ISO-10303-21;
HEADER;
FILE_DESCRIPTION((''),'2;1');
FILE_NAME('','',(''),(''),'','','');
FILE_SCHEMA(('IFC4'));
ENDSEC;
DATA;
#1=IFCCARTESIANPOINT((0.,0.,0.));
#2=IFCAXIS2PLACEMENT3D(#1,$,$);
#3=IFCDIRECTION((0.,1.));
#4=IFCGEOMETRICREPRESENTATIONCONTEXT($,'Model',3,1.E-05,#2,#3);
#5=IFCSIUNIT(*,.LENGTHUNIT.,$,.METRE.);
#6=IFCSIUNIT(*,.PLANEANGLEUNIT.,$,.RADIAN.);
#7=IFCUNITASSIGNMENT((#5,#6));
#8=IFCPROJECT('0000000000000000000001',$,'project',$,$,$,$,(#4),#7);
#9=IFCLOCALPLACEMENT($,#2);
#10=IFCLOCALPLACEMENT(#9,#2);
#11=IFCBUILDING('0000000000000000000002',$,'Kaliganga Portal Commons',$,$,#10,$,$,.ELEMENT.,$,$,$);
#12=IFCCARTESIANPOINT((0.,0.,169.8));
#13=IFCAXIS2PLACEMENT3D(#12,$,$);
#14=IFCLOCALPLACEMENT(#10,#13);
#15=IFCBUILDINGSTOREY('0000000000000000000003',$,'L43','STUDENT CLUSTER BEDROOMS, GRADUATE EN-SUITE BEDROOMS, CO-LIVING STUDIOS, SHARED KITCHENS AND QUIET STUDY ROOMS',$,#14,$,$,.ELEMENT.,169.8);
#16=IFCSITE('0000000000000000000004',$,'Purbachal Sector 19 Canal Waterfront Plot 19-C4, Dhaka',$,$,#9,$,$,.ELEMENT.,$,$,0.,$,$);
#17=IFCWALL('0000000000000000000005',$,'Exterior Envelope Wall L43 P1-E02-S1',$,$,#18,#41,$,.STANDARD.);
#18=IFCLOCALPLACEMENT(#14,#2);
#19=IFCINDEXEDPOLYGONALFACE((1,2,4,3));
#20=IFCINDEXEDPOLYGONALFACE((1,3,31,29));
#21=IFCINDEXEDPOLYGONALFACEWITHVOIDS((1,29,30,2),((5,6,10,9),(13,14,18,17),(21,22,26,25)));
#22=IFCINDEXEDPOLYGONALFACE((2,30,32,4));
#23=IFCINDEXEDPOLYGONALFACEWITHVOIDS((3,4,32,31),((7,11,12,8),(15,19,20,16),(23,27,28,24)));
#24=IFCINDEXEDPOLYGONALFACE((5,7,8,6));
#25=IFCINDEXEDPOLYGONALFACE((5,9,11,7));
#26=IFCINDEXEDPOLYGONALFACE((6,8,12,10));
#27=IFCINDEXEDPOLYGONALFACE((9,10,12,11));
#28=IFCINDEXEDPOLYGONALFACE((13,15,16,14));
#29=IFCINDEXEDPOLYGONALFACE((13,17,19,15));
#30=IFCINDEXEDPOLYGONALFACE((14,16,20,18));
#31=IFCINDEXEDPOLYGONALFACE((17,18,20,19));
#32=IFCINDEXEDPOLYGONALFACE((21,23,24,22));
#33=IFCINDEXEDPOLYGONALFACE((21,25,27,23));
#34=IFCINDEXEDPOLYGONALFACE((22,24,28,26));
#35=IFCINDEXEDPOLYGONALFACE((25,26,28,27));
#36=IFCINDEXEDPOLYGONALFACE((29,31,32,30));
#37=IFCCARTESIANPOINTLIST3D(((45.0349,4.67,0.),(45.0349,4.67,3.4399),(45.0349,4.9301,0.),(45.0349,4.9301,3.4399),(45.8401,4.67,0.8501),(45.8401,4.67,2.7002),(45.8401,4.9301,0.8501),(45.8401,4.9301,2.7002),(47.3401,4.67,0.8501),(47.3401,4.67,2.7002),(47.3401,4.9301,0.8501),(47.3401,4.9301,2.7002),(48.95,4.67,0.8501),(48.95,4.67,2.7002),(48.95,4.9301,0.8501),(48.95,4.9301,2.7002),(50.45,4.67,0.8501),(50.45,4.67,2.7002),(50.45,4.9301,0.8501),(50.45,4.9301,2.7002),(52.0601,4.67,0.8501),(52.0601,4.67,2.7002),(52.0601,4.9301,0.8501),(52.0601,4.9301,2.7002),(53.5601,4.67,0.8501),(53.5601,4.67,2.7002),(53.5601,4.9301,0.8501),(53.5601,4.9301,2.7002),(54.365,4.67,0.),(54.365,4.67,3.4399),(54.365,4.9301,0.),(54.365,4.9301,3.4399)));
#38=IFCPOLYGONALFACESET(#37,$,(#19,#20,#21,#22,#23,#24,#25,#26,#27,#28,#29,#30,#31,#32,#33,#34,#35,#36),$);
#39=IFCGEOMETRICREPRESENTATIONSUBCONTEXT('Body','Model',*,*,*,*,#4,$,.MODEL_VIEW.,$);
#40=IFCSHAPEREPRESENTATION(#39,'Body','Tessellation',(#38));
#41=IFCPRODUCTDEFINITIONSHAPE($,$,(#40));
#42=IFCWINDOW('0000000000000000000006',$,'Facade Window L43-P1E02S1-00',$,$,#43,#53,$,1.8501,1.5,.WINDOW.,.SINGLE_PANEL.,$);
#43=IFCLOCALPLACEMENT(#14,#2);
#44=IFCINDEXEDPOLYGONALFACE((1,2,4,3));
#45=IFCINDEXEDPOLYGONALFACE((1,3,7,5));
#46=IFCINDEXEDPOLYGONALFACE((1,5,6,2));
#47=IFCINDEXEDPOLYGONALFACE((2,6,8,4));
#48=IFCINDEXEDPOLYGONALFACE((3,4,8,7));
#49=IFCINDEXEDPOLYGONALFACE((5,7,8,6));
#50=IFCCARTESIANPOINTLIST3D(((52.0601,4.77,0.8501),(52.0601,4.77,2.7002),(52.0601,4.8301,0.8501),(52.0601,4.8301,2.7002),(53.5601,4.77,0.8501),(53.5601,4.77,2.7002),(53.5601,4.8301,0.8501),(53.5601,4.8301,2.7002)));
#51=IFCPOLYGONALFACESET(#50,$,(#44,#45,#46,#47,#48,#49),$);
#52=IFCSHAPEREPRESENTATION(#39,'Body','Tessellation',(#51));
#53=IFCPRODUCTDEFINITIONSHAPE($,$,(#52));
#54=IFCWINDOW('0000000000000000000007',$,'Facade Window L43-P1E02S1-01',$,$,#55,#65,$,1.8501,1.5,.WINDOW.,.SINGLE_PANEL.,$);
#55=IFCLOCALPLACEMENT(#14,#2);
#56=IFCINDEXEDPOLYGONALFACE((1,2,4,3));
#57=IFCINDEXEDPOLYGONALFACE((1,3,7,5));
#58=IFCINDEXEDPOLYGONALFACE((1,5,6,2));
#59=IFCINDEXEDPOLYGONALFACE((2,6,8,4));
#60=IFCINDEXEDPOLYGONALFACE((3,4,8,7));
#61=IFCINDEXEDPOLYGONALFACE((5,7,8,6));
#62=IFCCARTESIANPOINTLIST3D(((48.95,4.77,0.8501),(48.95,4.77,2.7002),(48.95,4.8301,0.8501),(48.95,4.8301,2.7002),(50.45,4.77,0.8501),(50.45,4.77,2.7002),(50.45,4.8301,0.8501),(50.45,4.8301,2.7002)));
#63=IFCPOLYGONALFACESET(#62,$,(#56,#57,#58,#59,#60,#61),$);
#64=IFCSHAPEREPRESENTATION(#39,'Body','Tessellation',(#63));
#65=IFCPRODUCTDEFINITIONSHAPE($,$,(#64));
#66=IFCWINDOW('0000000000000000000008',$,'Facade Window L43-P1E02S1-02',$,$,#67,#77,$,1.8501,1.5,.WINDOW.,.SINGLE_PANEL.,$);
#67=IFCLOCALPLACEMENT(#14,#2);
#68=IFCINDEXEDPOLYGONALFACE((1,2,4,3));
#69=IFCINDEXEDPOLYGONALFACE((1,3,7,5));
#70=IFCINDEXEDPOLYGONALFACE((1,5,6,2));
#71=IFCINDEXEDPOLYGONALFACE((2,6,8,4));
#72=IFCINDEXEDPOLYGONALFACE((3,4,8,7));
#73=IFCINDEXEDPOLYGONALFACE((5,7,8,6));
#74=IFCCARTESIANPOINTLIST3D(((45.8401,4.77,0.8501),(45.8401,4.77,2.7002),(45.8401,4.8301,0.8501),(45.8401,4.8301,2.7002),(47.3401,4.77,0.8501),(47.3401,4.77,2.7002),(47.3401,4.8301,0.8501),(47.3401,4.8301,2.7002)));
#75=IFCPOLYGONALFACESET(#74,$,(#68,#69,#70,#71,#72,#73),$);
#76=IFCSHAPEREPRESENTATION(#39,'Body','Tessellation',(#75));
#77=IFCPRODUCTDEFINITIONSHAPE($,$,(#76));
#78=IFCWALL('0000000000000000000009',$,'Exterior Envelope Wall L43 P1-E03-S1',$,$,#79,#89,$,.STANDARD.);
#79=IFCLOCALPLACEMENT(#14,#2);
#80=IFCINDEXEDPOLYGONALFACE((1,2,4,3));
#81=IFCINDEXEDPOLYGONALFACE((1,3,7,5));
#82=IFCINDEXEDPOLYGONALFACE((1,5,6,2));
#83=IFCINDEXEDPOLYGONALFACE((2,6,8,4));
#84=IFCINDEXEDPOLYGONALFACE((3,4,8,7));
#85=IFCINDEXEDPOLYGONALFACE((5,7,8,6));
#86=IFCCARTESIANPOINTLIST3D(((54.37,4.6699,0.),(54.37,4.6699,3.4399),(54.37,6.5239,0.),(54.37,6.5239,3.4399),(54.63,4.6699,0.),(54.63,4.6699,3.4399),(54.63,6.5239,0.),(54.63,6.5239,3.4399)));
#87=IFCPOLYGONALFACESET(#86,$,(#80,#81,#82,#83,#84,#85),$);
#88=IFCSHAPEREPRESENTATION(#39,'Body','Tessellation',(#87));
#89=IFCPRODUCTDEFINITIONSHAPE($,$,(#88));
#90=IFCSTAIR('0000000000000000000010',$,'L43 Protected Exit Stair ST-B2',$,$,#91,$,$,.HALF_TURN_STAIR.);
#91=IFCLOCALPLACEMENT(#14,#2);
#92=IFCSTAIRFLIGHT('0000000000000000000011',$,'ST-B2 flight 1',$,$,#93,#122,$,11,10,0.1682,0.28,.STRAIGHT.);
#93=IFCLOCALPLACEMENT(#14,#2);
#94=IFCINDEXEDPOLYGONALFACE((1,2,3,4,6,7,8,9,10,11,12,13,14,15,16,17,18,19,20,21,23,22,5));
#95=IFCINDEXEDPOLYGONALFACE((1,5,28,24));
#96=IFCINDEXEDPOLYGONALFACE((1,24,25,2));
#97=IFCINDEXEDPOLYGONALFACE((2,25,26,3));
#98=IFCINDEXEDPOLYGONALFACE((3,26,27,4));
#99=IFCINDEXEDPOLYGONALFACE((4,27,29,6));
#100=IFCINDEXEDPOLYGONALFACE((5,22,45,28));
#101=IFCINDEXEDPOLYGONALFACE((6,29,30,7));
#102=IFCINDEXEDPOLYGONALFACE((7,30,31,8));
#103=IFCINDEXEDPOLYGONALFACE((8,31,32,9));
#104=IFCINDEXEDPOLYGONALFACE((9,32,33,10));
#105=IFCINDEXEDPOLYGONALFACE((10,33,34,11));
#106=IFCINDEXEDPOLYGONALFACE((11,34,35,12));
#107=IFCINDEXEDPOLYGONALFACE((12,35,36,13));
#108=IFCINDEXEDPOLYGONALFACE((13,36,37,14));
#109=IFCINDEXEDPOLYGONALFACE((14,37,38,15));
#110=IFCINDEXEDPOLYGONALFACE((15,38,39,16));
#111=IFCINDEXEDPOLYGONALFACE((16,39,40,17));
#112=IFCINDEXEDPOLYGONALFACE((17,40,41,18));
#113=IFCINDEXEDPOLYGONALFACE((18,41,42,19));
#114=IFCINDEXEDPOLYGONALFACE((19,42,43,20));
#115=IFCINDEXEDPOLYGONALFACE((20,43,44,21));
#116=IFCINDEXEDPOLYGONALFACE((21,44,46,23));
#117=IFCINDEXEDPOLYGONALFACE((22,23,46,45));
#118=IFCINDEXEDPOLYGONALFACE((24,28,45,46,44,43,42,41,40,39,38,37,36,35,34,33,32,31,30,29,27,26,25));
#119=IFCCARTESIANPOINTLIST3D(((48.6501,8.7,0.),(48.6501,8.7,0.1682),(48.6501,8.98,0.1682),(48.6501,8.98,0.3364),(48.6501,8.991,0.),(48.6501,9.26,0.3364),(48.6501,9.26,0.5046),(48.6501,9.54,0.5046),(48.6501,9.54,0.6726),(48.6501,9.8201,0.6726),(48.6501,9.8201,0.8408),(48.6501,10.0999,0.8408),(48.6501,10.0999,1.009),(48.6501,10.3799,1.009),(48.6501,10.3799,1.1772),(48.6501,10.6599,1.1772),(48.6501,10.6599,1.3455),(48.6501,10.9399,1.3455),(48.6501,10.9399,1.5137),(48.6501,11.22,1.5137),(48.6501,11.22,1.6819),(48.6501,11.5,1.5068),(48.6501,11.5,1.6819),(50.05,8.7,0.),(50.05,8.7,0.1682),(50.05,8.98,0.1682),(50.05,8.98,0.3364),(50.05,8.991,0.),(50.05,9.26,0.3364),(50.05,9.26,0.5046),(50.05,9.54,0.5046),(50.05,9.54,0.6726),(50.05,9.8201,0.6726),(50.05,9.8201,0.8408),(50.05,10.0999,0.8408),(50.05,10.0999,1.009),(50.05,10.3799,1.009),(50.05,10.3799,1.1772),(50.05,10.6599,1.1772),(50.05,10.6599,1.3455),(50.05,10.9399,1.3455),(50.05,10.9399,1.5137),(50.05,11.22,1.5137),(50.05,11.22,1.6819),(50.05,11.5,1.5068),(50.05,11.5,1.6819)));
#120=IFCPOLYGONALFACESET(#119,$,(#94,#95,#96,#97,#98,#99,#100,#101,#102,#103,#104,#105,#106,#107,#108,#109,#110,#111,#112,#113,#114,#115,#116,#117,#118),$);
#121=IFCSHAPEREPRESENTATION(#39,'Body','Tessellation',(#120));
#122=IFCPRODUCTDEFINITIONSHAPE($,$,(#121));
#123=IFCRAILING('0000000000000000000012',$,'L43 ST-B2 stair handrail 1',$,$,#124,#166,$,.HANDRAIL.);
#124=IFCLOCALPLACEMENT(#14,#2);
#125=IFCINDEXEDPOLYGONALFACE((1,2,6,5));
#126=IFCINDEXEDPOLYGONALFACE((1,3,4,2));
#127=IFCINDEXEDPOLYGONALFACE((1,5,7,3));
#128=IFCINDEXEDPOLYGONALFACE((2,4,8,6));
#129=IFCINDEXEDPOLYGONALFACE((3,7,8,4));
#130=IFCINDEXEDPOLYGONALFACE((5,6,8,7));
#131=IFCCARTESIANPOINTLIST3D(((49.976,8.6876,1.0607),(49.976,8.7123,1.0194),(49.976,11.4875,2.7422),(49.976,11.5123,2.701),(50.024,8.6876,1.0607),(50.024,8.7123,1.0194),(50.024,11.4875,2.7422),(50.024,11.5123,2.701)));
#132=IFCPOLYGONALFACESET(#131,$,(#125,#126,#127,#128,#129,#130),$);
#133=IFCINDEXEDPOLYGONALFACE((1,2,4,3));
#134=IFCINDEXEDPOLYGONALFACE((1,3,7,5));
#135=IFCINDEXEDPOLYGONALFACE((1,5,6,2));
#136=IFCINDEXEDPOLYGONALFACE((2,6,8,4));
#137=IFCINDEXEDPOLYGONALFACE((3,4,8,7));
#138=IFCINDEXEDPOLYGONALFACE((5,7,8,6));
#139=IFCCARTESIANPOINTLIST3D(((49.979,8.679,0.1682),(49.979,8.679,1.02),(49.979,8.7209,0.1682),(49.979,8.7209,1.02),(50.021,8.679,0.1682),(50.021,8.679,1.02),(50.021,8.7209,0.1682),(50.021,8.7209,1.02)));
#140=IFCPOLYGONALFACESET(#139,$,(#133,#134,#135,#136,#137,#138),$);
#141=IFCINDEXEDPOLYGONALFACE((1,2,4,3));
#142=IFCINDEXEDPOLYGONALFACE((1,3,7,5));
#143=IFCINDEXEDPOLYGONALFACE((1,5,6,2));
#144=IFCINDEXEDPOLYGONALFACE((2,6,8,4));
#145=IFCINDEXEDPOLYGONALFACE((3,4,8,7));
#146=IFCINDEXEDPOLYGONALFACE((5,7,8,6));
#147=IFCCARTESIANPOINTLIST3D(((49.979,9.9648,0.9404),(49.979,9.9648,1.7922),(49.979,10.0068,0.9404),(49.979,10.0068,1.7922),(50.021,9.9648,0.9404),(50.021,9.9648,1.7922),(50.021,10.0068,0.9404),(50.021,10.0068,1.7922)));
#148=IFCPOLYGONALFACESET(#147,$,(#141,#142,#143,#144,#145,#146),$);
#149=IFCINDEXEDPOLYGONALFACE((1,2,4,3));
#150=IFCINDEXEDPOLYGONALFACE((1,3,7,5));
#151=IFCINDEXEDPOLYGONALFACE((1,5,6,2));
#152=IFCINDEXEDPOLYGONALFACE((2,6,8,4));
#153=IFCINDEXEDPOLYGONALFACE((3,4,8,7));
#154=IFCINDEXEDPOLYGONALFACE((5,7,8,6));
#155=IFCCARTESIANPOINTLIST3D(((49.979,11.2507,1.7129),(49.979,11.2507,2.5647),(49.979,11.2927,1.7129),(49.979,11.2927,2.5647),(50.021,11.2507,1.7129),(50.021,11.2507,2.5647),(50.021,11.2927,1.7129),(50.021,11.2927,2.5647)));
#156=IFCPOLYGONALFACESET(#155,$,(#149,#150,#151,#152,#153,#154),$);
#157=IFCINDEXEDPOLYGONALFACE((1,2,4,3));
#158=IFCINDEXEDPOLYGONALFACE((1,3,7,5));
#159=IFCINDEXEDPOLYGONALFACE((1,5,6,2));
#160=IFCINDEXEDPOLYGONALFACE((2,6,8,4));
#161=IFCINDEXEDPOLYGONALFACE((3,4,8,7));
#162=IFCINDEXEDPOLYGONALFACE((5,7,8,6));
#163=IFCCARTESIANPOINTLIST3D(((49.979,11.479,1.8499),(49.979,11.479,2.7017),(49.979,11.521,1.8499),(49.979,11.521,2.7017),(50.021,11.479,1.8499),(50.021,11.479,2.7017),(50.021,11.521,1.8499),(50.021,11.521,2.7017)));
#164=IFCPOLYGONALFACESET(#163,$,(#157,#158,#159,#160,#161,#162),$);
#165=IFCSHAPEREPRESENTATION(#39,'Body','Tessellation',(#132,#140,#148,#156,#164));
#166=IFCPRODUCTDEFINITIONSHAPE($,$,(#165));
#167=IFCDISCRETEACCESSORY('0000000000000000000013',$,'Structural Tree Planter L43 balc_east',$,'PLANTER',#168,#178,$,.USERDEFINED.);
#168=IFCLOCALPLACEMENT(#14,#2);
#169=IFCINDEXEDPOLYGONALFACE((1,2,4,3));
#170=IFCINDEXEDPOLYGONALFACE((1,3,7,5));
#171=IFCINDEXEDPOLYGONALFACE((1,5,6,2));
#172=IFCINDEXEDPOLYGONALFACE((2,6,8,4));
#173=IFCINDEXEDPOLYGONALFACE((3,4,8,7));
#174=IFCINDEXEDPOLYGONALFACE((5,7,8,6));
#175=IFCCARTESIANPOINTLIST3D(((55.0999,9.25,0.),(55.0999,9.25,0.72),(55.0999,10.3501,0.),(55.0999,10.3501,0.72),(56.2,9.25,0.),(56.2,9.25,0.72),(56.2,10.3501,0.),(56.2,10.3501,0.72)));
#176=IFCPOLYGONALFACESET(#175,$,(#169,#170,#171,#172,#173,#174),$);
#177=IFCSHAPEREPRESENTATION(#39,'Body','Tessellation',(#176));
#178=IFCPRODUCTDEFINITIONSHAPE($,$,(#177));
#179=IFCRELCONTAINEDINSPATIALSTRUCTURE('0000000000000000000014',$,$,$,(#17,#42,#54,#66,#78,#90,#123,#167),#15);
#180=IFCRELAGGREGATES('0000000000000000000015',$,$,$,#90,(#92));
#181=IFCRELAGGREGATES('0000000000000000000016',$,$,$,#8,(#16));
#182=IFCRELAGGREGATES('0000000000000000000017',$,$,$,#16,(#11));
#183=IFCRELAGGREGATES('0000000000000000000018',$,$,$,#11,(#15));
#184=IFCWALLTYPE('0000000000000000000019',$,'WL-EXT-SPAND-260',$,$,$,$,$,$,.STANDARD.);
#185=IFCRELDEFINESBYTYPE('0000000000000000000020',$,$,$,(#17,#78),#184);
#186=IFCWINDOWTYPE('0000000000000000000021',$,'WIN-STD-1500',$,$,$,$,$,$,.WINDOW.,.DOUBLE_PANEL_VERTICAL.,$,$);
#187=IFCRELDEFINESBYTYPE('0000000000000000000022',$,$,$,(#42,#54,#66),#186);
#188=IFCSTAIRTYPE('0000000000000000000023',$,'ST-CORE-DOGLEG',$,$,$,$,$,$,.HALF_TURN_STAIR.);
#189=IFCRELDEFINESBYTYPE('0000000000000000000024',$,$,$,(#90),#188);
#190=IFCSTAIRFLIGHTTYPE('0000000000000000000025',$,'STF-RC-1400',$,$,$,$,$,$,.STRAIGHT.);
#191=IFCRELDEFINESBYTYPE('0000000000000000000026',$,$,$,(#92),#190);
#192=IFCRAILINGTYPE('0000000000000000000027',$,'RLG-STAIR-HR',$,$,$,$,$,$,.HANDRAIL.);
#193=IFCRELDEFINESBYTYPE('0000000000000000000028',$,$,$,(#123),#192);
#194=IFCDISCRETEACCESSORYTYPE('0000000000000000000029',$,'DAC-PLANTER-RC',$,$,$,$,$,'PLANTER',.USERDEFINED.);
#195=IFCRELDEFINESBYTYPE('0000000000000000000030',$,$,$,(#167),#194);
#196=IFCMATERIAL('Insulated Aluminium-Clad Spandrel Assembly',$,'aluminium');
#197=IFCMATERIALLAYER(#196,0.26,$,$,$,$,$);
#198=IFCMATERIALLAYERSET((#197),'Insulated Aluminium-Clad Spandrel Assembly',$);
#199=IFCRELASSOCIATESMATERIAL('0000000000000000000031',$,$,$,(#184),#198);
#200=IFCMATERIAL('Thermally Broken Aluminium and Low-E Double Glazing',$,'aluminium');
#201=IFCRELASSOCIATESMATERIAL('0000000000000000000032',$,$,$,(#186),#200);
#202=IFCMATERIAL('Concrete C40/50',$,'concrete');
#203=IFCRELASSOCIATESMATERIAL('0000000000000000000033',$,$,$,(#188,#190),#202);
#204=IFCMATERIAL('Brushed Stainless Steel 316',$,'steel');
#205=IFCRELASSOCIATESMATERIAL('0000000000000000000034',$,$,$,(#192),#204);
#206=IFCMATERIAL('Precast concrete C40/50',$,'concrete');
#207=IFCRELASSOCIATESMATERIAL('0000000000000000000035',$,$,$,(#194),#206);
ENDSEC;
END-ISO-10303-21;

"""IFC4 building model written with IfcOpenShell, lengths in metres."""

from ifc_helpers import new_model, si_unit, direction, frame, frame_2d, origin, origin_2d, place, context, subcontext, project, spatial, polyline, rectangle, outline, extrude, source, transform, mapped, material, layer, layer_set, type_object, element, fill, aggregate, save


model = new_model("IFC4")

# Units and contexts
model_context = context("Model", 3, precision=1e-05, world=origin(), true_north=direction((0.0, 1.0)))
body_context = subcontext(model_context, "Body", "Model", "MODEL_VIEW")
ifc_project = project(units=[si_unit("LENGTHUNIT", "METRE"), si_unit("PLANEANGLEUNIT", "RADIAN")], contexts=[model_context])

# Site, building, storey
site_placement = place(None, origin())
site = spatial("IfcSite", under=ifc_project, at=site_placement, Name="Purbachal Sector 19 Canal Waterfront Plot 19-C4, Dhaka", CompositionType="ELEMENT", RefElevation=0.0)
building_placement = place(site_placement, origin())
building = spatial("IfcBuilding", under=site, at=building_placement, Name="Kaliganga Portal Commons", CompositionType="ELEMENT")
storey_placement = place(building_placement, frame((0.0, 0.0, 169.8)))
storey = spatial("IfcBuildingStorey", under=building, at=storey_placement, Name="L43", Description="STUDENT CLUSTER BEDROOMS, GRADUATE EN-SUITE BEDROOMS, CO-LIVING STUDIOS, SHARED KITCHENS AND QUIET STUDY ROOMS", CompositionType="ELEMENT", Elevation=169.8)

# Wall, openings, windows
ifc_material_1 = material(Name="Insulated Aluminium-Clad Spandrel Assembly", Category="aluminium")
ifc_layer_1 = layer(ifc_material_1, 0.26)
ifc_layer_set_1 = layer_set([ifc_layer_1], Name="Insulated Aluminium-Clad Spandrel Assembly")
wall_type_1 = type_object("IfcWallType", Name="WL-EXT-SPAND-260", PredefinedType="STANDARD", material=ifc_layer_set_1)
wall_1_placement = place(storey_placement, frame((54.365, 4.8, 0.0), z_axis=(0.0, 0.0, 1.0), x_axis=(-1.0, 0.0, 0.0)))
wall_1 = element("IfcWall", 1, at=wall_1_placement, inside=storey, type_object=wall_type_1, Name="Exterior Envelope Wall L43 P1-E02-S1", PredefinedType="STANDARD", context=body_context, shape_type="SweptSolid", body=[
    extrude(rectangle(XDim=9.3301, YDim=0.26, at=frame_2d((4.665, 0.0))), origin(), (0.0, 0.0, 1.0), 3.4399),
])
opening_1_placement = place(wall_1_placement, frame((0.8049, 0.0, 0.8501)))
opening_1 = element("IfcOpeningElement", 2, at=opening_1_placement, cuts=wall_1, PredefinedType="OPENING", context=body_context, shape_type="SweptSolid", body=[
    extrude(rectangle(XDim=1.5, YDim=1.8501, at=frame_2d((0.75, 0.925))), frame((0.0, 0.1401, 0.0), z_axis=(0.0, -1.0, 0.0), x_axis=(1.0, 0.0, 0.0)), (0.0, 0.0, 1.0), 0.28),
])
opening_2_placement = place(wall_1_placement, frame((3.915, 0.0, 0.8501)))
opening_2 = element("IfcOpeningElement", 3, at=opening_2_placement, cuts=wall_1, PredefinedType="OPENING", context=body_context, shape_type="SweptSolid", body=[
    extrude(rectangle(XDim=1.5, YDim=1.8501, at=frame_2d((0.75, 0.925))), frame((0.0, 0.1401, 0.0), z_axis=(0.0, -1.0, 0.0), x_axis=(1.0, 0.0, 0.0)), (0.0, 0.0, 1.0), 0.28),
])
opening_3_placement = place(wall_1_placement, frame((7.0249, 0.0, 0.8501)))
opening_3 = element("IfcOpeningElement", 4, at=opening_3_placement, cuts=wall_1, PredefinedType="OPENING", context=body_context, shape_type="SweptSolid", body=[
    extrude(rectangle(XDim=1.5, YDim=1.8501, at=frame_2d((0.75, 0.925))), frame((0.0, 0.1401, 0.0), z_axis=(0.0, -1.0, 0.0), x_axis=(1.0, 0.0, 0.0)), (0.0, 0.0, 1.0), 0.28),
])
ifc_material_2 = material(Name="Thermally Broken Aluminium and Low-E Double Glazing", Category="aluminium")
window_type = type_object("IfcWindowType", Name="WIN-STD-1500", PartitioningType="DOUBLE_PANEL_VERTICAL", PredefinedType="WINDOW", material=ifc_material_2)
window_1_placement = place(opening_1_placement, origin())
window_1 = element("IfcWindow", 5, at=window_1_placement, inside=storey, type_object=window_type, Name="Facade Window L43-P1E02S1-00", OverallHeight=1.8501, OverallWidth=1.5, PartitioningType="SINGLE_PANEL", PredefinedType="WINDOW", context=body_context, shape_type="SweptSolid", body=[
    extrude(rectangle(XDim=1.5, YDim=1.8501, at=frame_2d((0.75, 0.925))), frame((0.0, 0.03, 0.0), z_axis=(0.0, -1.0, 0.0), x_axis=(1.0, 0.0, 0.0)), (0.0, 0.0, 1.0), 0.0601),
])
fill(opening_1, window_1)
window_2_placement = place(opening_2_placement, origin())
window_2 = element("IfcWindow", 6, at=window_2_placement, inside=storey, type_object=window_type, Name="Facade Window L43-P1E02S1-01", OverallHeight=1.8501, OverallWidth=1.5, PartitioningType="SINGLE_PANEL", PredefinedType="WINDOW", context=body_context, shape_type="SweptSolid", body=[
    extrude(rectangle(XDim=1.5, YDim=1.8501, at=frame_2d((0.75, 0.925))), frame((0.0, 0.03, 0.0), z_axis=(0.0, -1.0, 0.0), x_axis=(1.0, 0.0, 0.0)), (0.0, 0.0, 1.0), 0.0601),
])
fill(opening_2, window_2)
window_3_placement = place(opening_3_placement, origin())
window_3 = element("IfcWindow", 7, at=window_3_placement, inside=storey, type_object=window_type, Name="Facade Window L43-P1E02S1-02", OverallHeight=1.8501, OverallWidth=1.5, PartitioningType="SINGLE_PANEL", PredefinedType="WINDOW", context=body_context, shape_type="SweptSolid", body=[
    extrude(rectangle(XDim=1.5, YDim=1.8501, at=frame_2d((0.75, 0.925))), frame((0.0, 0.03, 0.0), z_axis=(0.0, -1.0, 0.0), x_axis=(1.0, 0.0, 0.0)), (0.0, 0.0, 1.0), 0.0601),
])
fill(opening_3, window_3)

# Wall
wall_2_placement = place(storey_placement, frame((54.5, 6.5239, 0.0), z_axis=(0.0, 0.0, 1.0), x_axis=(0.0, -1.0, 0.0)))
element("IfcWall", 8, at=wall_2_placement, inside=storey, type_object=wall_type_1, Name="Exterior Envelope Wall L43 P1-E03-S1", PredefinedType="STANDARD", context=body_context, shape_type="SweptSolid", body=[
    extrude(rectangle(XDim=1.854, YDim=0.26, at=frame_2d((0.927, 0.0))), origin(), (0.0, 0.0, 1.0), 3.4399),
])

# Stair, stair flight
ifc_material_3 = material(Name="Concrete C40/50", Category="concrete")
stair_type = type_object("IfcStairType", Name="ST-CORE-DOGLEG", PredefinedType="HALF_TURN_STAIR", material=ifc_material_3)
stair_placement = place(storey_placement, origin())
stair = element("IfcStair", 9, at=stair_placement, inside=storey, type_object=stair_type, Name="L43 Protected Exit Stair ST-B2", PredefinedType="HALF_TURN_STAIR")
stair_flight_type = type_object("IfcStairFlightType", Name="STF-RC-1400", PredefinedType="STRAIGHT", material=ifc_material_3)
stair_flight_placement = place(storey_placement, frame((49.3501, 8.7, 0.0), z_axis=(0.0, 0.0, 1.0), x_axis=(0.0, 1.0, 0.0)))
stair_flight = element("IfcStairFlight", 10, at=stair_flight_placement, type_object=stair_flight_type, Name="ST-B2 flight 1", NumberOfRisers=11, NumberOfTreads=10, PredefinedType="STRAIGHT", RiserHeight=0.1682, TreadLength=0.28, context=body_context, shape_type="SweptSolid", body=[
    extrude(outline(polyline([(0.0, 0.0), (0.0, 0.1682), (0.28, 0.1682), (0.28, 0.3364), (0.5601, 0.3364), (0.5601, 0.5046), (0.8401, 0.5046), (0.8401, 0.6726), (1.1201, 0.6726), (1.1201, 0.8408), (1.3999, 0.8408), (1.3999, 1.009), (1.6799, 1.009), (1.6799, 1.1772), (1.96, 1.1772), (1.96, 1.3455), (2.24, 1.3455), (2.24, 1.5137), (2.52, 1.5137), (2.52, 1.6819), (2.8, 1.6819), (2.8, 1.8501), (2.8, 1.5068), (0.291, 0.0), (0.0, 0.0)])), frame((0.0, 0.7, 0.0), z_axis=(0.0, -1.0, 0.0), x_axis=(1.0, 0.0, 0.0)), (0.0, 0.0, 1.0), 1.3999),
])
aggregate(stair, [stair_flight])

# Railing
ifc_material_4 = material(Name="Brushed Stainless Steel 316", Category="steel")
railing_type_1 = type_object("IfcRailingType", Name="RLG-STAIR-HR", PredefinedType="HANDRAIL", material=ifc_material_4)
railing_1_placement = place(storey_placement, frame((50.0, 8.7, 0.1682)))
element("IfcRailing", 11, at=railing_1_placement, inside=storey, type_object=railing_type_1, Name="L43 ST-B2 stair handrail 1", PredefinedType="HANDRAIL", context=body_context, shape_type="SweptSolid", body=[
    extrude(rectangle(XDim=0.0481, YDim=0.0481, at=origin_2d()), frame((0.0, 0.0, 0.8718), z_axis=(0.0, 0.857275, 0.514858), x_axis=(-1.0, 0.0, 0.0)), (0.0, 0.0, 1.0), 3.2661),
    extrude(rectangle(XDim=0.042, YDim=0.042, at=origin_2d()), origin(), (0.0, 0.0, 1.0), 0.8518),
    extrude(rectangle(XDim=0.042, YDim=0.042, at=origin_2d()), frame((0.0, 1.2859, 0.7722)), (0.0, 0.0, 1.0), 0.8518),
    extrude(rectangle(XDim=0.042, YDim=0.042, at=origin_2d()), frame((0.0, 2.5718, 1.5447)), (0.0, 0.0, 1.0), 0.8518),
    extrude(rectangle(XDim=0.042, YDim=0.042, at=origin_2d()), frame((0.0, 2.8, 1.6816)), (0.0, 0.0, 1.0), 0.8518),
])

# Discrete accessory
ifc_material_5 = material(Name="Precast concrete C40/50", Category="concrete")
discrete_accessory_type = type_object("IfcDiscreteAccessoryType", Name="DAC-PLANTER-RC", ElementType="PLANTER", PredefinedType="USERDEFINED", material=ifc_material_5)
shared_shape_1 = source(origin(), body_context, "Body", "SweptSolid", [
    extrude(rectangle(XDim=1.1001, YDim=1.1001, at=origin_2d()), origin(), (0.0, 0.0, 1.0), 0.72),
])
discrete_accessory_placement = place(storey_placement, frame((55.6499, 9.8, 0.0), z_axis=(0.0, 0.0, 1.0), x_axis=(1.0, 0.0, 0.0)))
element("IfcDiscreteAccessory", 12, at=discrete_accessory_placement, inside=storey, type_object=discrete_accessory_type, Name="Structural Tree Planter L43 balc_east", ObjectType="PLANTER", PredefinedType="USERDEFINED", context=body_context, shape_type="MappedRepresentation", body=[
    mapped(shared_shape_1, transform((0.0, 0.0, 0.0), x_axis=(1.0, 0.0, 0.0), y_axis=(0.0, 1.0, 0.0), z_axis=(0.0, 0.0, 1.0), scale=1.0)),
])

save(model, "model.ifc")
